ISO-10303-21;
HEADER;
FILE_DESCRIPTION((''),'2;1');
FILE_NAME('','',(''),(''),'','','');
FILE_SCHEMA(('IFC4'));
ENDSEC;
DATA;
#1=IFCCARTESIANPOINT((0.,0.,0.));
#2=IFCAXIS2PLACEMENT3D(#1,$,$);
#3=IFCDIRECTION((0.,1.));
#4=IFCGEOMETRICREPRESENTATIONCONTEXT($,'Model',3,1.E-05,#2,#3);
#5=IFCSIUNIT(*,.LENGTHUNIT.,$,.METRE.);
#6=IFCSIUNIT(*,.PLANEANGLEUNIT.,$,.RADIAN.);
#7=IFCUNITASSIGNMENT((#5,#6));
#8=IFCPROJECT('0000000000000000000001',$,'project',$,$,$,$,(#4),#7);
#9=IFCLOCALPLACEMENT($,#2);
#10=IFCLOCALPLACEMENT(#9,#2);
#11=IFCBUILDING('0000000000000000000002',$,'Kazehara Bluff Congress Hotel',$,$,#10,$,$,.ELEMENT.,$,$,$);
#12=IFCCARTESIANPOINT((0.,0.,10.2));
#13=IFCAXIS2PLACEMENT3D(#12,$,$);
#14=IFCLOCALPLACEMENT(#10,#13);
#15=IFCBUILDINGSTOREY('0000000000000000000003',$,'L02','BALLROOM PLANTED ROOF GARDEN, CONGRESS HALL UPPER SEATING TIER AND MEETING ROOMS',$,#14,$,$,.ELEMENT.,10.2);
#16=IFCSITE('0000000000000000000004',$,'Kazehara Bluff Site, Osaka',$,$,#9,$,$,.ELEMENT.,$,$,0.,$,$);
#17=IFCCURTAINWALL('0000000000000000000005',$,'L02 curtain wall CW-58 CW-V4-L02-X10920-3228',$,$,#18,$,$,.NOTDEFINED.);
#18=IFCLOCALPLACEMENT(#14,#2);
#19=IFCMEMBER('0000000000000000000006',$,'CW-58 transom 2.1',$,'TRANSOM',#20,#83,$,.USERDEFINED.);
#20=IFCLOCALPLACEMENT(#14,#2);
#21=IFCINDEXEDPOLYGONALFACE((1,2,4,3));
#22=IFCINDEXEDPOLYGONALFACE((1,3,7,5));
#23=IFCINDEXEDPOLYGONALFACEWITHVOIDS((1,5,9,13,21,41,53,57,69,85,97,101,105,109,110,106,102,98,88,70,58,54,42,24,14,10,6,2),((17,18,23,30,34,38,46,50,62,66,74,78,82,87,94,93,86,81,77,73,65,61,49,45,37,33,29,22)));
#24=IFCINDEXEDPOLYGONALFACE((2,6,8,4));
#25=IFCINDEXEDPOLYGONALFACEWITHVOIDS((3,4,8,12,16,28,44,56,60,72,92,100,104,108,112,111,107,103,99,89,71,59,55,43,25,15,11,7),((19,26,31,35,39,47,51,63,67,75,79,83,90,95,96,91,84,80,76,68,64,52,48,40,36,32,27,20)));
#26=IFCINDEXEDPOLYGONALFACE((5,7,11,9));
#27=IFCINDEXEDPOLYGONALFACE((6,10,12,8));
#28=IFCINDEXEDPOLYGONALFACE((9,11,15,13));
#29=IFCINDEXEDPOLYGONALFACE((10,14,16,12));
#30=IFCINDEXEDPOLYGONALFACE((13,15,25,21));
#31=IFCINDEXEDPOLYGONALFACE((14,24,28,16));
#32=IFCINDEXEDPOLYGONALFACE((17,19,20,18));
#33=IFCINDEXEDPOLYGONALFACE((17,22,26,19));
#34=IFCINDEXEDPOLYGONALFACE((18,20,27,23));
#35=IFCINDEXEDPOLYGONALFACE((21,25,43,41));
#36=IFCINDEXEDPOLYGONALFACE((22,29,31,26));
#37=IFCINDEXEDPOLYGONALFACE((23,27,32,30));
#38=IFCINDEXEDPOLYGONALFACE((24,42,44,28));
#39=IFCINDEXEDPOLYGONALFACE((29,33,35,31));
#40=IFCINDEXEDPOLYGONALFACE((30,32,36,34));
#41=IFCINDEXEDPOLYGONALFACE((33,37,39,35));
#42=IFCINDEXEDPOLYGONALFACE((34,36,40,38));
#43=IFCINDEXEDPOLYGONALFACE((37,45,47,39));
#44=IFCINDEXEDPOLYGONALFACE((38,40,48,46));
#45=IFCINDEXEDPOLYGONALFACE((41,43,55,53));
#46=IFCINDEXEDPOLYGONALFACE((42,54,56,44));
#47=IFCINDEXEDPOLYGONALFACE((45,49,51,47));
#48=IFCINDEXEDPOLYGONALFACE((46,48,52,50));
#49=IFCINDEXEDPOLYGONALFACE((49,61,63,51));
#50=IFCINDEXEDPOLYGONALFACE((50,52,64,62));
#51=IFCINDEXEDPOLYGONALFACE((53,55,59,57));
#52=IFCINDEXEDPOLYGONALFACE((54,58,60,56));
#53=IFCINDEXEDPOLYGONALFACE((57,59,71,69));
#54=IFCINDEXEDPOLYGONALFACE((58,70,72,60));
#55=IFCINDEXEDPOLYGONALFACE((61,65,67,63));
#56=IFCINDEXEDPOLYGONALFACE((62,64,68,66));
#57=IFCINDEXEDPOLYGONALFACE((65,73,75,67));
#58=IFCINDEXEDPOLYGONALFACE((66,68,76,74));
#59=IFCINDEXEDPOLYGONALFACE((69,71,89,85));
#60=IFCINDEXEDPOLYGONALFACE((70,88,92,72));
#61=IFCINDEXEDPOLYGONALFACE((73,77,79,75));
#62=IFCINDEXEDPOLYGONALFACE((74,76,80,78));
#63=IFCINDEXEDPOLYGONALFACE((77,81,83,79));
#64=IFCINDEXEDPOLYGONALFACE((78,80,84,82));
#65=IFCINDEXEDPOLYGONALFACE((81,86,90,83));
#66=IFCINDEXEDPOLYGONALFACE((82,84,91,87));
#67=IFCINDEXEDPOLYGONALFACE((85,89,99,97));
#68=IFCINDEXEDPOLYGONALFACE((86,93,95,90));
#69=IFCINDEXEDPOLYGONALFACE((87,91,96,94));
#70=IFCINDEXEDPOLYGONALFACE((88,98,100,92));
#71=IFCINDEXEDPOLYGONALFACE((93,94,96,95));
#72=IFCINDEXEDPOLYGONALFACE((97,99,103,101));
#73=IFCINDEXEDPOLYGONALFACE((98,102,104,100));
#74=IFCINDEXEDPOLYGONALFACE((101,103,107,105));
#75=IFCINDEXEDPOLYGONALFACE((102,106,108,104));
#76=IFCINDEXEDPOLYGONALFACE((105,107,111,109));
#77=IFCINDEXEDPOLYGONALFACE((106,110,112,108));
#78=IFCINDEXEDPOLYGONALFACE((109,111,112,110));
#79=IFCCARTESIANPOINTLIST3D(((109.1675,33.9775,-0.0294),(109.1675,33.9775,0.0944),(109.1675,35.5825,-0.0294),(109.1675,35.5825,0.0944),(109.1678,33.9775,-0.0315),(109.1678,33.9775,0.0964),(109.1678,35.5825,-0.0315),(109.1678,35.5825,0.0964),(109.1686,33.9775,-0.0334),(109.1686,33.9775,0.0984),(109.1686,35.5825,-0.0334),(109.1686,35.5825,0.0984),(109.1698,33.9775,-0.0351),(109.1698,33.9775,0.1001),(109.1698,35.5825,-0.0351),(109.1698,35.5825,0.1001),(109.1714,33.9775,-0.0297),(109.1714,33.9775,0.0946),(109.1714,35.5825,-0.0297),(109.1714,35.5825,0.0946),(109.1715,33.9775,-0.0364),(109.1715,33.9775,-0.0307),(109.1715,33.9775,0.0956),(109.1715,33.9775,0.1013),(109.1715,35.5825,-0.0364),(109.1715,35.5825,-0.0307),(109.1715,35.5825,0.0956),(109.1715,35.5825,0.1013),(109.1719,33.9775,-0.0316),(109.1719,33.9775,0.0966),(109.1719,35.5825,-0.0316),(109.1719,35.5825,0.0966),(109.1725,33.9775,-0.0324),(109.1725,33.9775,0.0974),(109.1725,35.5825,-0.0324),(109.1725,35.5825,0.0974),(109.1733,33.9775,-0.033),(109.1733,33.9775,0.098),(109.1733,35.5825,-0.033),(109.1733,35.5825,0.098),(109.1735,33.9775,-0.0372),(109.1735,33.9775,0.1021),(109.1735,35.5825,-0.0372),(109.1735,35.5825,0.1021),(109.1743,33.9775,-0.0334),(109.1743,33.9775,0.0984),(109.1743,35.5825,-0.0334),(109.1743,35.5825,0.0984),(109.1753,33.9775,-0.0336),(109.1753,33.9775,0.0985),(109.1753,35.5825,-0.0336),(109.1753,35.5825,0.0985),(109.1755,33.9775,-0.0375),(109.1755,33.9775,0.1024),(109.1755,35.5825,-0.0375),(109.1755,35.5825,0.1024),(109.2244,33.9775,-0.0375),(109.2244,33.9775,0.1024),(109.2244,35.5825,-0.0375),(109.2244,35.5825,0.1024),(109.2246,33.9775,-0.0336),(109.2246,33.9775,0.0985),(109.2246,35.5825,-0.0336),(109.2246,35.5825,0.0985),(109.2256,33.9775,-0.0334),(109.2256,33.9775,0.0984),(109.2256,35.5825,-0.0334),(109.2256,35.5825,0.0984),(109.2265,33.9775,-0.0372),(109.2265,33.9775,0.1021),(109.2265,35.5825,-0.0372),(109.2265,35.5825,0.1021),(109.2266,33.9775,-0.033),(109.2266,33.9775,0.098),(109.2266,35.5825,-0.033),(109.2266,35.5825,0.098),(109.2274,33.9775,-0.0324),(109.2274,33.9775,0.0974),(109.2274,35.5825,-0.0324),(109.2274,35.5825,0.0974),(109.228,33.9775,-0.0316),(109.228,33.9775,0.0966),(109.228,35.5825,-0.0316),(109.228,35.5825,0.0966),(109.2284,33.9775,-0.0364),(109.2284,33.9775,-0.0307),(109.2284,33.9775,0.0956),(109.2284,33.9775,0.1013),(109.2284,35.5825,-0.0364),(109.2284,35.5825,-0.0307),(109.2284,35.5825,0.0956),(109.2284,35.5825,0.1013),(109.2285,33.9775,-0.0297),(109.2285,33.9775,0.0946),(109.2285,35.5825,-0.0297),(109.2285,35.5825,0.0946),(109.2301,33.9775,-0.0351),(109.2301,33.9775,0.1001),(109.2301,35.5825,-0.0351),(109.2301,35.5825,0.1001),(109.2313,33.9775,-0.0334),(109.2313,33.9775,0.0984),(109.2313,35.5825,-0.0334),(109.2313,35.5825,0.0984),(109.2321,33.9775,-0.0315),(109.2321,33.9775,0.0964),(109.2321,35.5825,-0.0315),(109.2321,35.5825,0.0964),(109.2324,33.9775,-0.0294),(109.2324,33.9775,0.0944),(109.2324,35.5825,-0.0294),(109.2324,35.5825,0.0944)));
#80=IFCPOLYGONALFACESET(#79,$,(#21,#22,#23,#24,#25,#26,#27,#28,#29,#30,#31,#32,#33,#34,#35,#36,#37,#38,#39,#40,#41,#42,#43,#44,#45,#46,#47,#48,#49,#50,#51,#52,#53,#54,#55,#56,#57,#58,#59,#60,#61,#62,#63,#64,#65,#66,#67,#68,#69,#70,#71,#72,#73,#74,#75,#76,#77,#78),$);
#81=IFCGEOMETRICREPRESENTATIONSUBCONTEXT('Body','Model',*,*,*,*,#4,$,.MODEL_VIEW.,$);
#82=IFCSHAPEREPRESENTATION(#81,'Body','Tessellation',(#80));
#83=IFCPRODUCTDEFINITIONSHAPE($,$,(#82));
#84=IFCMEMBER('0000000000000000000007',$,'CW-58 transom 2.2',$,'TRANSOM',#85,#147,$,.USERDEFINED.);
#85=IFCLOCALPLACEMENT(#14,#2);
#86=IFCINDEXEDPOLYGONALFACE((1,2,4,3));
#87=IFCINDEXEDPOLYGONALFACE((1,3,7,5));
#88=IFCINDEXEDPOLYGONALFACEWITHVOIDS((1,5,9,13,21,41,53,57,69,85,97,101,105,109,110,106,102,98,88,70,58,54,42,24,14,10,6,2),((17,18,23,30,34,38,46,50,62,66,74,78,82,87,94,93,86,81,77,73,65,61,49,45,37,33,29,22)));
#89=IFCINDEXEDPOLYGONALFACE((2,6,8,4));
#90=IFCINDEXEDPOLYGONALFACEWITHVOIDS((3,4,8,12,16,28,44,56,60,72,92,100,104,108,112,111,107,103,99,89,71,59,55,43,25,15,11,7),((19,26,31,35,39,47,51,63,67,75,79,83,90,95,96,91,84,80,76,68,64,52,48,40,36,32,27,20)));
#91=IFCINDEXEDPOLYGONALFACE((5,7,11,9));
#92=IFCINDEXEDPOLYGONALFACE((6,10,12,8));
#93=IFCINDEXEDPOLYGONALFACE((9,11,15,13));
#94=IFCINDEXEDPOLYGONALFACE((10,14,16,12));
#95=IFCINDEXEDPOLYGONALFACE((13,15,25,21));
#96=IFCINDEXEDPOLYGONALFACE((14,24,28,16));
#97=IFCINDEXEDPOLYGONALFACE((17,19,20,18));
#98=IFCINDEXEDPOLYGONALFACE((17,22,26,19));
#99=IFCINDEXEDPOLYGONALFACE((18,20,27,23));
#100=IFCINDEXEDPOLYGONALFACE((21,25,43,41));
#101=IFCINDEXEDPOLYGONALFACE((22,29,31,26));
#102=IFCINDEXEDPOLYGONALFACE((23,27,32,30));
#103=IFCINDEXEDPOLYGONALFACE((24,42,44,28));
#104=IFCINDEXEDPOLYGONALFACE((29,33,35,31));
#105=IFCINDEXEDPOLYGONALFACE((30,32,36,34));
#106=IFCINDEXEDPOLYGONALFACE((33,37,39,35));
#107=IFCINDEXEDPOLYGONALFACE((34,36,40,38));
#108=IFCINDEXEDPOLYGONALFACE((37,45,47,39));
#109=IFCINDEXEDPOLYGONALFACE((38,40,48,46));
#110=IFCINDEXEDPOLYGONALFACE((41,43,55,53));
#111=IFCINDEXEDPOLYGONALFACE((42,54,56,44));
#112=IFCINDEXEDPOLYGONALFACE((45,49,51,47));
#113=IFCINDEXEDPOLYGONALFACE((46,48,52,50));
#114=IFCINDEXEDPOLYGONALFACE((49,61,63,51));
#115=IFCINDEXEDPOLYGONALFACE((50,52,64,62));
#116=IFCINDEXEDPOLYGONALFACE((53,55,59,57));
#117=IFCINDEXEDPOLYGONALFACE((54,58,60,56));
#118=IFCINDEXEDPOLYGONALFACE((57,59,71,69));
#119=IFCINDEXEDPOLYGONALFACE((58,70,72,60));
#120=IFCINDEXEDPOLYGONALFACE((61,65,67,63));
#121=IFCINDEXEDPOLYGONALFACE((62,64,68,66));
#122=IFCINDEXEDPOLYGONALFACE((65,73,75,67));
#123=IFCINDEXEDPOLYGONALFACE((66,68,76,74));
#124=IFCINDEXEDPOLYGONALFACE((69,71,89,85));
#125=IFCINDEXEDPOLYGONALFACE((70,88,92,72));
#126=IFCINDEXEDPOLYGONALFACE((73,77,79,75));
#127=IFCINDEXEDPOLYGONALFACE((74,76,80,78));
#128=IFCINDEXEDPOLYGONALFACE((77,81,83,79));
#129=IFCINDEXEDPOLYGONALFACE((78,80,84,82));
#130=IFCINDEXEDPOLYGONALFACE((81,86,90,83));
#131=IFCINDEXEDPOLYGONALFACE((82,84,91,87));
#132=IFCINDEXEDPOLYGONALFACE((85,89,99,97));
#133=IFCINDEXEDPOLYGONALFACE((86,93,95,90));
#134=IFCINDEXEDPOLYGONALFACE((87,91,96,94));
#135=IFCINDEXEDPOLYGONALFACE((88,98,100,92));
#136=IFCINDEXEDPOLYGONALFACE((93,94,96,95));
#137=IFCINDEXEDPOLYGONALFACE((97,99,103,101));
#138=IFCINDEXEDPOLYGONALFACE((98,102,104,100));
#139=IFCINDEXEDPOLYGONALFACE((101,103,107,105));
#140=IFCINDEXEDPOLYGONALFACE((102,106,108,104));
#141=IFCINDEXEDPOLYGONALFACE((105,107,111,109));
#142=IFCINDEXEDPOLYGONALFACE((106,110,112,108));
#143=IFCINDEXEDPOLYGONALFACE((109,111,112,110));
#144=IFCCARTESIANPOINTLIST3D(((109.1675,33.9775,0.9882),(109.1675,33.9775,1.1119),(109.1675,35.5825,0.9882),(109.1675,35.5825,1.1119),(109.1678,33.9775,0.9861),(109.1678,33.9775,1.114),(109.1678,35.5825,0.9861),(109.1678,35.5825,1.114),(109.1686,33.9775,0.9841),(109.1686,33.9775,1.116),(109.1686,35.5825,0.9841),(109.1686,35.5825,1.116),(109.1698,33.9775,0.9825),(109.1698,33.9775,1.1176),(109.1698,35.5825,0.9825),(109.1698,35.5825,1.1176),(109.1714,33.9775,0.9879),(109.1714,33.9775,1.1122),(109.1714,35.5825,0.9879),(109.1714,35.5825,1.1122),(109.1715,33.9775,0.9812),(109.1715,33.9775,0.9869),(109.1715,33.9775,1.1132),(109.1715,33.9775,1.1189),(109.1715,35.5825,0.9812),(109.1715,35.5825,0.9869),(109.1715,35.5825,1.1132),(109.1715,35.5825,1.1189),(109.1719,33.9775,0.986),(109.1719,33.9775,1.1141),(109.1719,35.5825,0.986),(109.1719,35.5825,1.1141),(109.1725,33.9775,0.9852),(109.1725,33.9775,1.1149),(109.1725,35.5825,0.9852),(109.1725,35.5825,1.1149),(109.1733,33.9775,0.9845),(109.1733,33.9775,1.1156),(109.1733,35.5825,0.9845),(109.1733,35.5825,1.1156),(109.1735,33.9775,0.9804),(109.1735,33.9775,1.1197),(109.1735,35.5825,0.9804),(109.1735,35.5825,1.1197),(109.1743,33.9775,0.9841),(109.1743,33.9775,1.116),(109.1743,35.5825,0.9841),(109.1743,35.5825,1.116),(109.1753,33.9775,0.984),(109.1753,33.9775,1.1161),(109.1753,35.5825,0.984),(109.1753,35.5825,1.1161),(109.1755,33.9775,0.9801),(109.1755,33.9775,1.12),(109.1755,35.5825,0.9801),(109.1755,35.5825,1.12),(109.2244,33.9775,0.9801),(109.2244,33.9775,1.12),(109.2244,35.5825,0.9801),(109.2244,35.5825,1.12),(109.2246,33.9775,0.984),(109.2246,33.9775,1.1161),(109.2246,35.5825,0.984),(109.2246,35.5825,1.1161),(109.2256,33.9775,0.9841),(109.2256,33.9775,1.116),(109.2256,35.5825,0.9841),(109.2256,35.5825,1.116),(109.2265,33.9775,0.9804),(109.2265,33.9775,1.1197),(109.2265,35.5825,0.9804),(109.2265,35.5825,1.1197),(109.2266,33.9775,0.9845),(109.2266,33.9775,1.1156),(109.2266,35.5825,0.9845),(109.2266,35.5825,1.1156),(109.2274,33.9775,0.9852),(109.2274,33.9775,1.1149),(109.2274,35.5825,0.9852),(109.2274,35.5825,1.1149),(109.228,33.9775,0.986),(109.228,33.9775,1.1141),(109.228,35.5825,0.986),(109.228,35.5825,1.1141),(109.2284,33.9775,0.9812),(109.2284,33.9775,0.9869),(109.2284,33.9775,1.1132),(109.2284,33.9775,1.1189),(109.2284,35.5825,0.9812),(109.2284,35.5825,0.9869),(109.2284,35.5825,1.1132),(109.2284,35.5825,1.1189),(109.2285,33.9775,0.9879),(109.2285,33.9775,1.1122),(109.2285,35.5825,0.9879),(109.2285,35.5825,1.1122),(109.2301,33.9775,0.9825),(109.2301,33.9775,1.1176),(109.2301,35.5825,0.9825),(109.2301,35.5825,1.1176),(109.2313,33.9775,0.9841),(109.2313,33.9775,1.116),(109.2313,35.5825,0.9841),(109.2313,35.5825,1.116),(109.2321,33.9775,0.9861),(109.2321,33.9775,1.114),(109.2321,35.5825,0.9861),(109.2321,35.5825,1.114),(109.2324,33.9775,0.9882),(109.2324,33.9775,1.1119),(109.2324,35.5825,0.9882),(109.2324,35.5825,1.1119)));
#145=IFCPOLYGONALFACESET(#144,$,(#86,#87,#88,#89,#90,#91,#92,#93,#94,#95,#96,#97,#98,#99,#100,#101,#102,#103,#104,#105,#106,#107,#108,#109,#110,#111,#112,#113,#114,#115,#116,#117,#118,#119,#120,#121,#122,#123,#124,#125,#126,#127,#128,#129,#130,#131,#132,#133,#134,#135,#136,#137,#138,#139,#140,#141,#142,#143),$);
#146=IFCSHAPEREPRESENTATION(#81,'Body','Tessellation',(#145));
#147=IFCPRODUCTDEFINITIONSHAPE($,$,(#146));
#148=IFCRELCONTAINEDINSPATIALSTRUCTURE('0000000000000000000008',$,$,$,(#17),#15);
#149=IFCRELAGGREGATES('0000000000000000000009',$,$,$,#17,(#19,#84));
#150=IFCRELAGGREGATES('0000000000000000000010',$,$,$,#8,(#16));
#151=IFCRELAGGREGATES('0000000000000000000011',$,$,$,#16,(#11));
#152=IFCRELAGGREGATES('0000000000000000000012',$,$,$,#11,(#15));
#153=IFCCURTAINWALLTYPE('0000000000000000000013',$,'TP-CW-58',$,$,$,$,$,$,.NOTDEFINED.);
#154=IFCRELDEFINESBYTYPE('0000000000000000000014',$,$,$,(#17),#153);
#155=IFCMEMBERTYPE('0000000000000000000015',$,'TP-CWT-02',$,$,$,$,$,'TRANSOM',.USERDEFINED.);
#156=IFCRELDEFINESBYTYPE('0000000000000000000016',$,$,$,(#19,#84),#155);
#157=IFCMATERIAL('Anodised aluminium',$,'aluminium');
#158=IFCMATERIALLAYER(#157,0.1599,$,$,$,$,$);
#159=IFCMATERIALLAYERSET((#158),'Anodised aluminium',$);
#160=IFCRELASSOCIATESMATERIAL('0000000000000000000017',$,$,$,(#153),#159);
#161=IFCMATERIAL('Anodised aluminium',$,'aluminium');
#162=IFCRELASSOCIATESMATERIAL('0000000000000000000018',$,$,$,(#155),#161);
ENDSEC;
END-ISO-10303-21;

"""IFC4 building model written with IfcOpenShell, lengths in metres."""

from ifc_helpers import new_model, si_unit, direction, frame, origin, origin_2d, place, context, subcontext, project, spatial, hollow_rectangle, extrude, material, layer, layer_set, material_profile, profile_set, type_object, element, aggregate, save


model = new_model("IFC4")

# Units and contexts
model_context = context("Model", 3, precision=1e-05, world=origin(), true_north=direction((0.0, 1.0)))
body_context = subcontext(model_context, "Body", "Model", "MODEL_VIEW")
ifc_project = project(units=[si_unit("LENGTHUNIT", "METRE"), si_unit("PLANEANGLEUNIT", "RADIAN")], contexts=[model_context])

# Site, building, storey
site_placement = place(None, origin())
site = spatial("IfcSite", under=ifc_project, at=site_placement, Name="Kazehara Bluff Site, Osaka", CompositionType="ELEMENT", RefElevation=0.0)
building_placement = place(site_placement, origin())
building = spatial("IfcBuilding", under=site, at=building_placement, Name="Kazehara Bluff Congress Hotel", CompositionType="ELEMENT")
storey_placement = place(building_placement, frame((0.0, 0.0, 10.2)))
storey = spatial("IfcBuildingStorey", under=building, at=storey_placement, Name="L02", Description="BALLROOM PLANTED ROOF GARDEN, CONGRESS HALL UPPER SEATING TIER AND MEETING ROOMS", CompositionType="ELEMENT", Elevation=10.2)

# Curtain wall, members
ifc_material_1 = material(Name="Anodised aluminium", Category="aluminium")
ifc_layer_1 = layer(ifc_material_1, 0.1599)
ifc_layer_set_1 = layer_set([ifc_layer_1], Name="Anodised aluminium")
curtain_wall_type = type_object("IfcCurtainWallType", Name="TP-CW-58", PredefinedType="NOTDEFINED", material=ifc_layer_set_1)
curtain_wall_placement = place(storey_placement, origin())
curtain_wall = element("IfcCurtainWall", 1, at=curtain_wall_placement, inside=storey, type_object=curtain_wall_type, Name="L02 curtain wall CW-58 CW-V4-L02-X10920-3228", PredefinedType="NOTDEFINED")
ifc_material_2 = material(Name="Anodised aluminium", Category="aluminium")
ifc_material_profile_1 = material_profile(ifc_material_2, hollow_rectangle(XDim=0.0649, YDim=0.1399, WallThickness=0.0039, InnerFilletRadius=0.0039, OuterFilletRadius=0.0081, at=origin_2d()))
ifc_profile_set_1 = profile_set([ifc_material_profile_1], Name="Anodised aluminium")
member_type_1 = type_object("IfcMemberType", Name="TP-CWT-02", ElementType="TRANSOM", PredefinedType="USERDEFINED", material=ifc_profile_set_1)
member_1_placement = place(storey_placement, frame((109.2, 33.9775, 0.0325), z_axis=(0.0, 1.0, 0.0), x_axis=(-1.0, 0.0, 0.0)))
member_1 = element("IfcMember", 2, at=member_1_placement, type_object=member_type_1, Name="CW-58 transom 2.1", ObjectType="TRANSOM", PredefinedType="USERDEFINED", context=body_context, shape_type="SweptSolid", body=[
    extrude(hollow_rectangle(XDim=0.0649, YDim=0.1399, WallThickness=0.0039, InnerFilletRadius=0.0039, OuterFilletRadius=0.0081, at=origin_2d()), origin(), (0.0, 0.0, 1.0), 1.605),
])
member_2_placement = place(storey_placement, frame((109.2, 33.9775, 1.05), z_axis=(0.0, 1.0, 0.0), x_axis=(-1.0, 0.0, 0.0)))
member_2 = element("IfcMember", 3, at=member_2_placement, type_object=member_type_1, Name="CW-58 transom 2.2", ObjectType="TRANSOM", PredefinedType="USERDEFINED", context=body_context, shape_type="SweptSolid", body=[
    extrude(hollow_rectangle(XDim=0.0649, YDim=0.1399, WallThickness=0.0039, InnerFilletRadius=0.0039, OuterFilletRadius=0.0081, at=origin_2d()), origin(), (0.0, 0.0, 1.0), 1.605),
])

aggregate(curtain_wall, [member_1, member_2])

save(model, "model.ifc")
